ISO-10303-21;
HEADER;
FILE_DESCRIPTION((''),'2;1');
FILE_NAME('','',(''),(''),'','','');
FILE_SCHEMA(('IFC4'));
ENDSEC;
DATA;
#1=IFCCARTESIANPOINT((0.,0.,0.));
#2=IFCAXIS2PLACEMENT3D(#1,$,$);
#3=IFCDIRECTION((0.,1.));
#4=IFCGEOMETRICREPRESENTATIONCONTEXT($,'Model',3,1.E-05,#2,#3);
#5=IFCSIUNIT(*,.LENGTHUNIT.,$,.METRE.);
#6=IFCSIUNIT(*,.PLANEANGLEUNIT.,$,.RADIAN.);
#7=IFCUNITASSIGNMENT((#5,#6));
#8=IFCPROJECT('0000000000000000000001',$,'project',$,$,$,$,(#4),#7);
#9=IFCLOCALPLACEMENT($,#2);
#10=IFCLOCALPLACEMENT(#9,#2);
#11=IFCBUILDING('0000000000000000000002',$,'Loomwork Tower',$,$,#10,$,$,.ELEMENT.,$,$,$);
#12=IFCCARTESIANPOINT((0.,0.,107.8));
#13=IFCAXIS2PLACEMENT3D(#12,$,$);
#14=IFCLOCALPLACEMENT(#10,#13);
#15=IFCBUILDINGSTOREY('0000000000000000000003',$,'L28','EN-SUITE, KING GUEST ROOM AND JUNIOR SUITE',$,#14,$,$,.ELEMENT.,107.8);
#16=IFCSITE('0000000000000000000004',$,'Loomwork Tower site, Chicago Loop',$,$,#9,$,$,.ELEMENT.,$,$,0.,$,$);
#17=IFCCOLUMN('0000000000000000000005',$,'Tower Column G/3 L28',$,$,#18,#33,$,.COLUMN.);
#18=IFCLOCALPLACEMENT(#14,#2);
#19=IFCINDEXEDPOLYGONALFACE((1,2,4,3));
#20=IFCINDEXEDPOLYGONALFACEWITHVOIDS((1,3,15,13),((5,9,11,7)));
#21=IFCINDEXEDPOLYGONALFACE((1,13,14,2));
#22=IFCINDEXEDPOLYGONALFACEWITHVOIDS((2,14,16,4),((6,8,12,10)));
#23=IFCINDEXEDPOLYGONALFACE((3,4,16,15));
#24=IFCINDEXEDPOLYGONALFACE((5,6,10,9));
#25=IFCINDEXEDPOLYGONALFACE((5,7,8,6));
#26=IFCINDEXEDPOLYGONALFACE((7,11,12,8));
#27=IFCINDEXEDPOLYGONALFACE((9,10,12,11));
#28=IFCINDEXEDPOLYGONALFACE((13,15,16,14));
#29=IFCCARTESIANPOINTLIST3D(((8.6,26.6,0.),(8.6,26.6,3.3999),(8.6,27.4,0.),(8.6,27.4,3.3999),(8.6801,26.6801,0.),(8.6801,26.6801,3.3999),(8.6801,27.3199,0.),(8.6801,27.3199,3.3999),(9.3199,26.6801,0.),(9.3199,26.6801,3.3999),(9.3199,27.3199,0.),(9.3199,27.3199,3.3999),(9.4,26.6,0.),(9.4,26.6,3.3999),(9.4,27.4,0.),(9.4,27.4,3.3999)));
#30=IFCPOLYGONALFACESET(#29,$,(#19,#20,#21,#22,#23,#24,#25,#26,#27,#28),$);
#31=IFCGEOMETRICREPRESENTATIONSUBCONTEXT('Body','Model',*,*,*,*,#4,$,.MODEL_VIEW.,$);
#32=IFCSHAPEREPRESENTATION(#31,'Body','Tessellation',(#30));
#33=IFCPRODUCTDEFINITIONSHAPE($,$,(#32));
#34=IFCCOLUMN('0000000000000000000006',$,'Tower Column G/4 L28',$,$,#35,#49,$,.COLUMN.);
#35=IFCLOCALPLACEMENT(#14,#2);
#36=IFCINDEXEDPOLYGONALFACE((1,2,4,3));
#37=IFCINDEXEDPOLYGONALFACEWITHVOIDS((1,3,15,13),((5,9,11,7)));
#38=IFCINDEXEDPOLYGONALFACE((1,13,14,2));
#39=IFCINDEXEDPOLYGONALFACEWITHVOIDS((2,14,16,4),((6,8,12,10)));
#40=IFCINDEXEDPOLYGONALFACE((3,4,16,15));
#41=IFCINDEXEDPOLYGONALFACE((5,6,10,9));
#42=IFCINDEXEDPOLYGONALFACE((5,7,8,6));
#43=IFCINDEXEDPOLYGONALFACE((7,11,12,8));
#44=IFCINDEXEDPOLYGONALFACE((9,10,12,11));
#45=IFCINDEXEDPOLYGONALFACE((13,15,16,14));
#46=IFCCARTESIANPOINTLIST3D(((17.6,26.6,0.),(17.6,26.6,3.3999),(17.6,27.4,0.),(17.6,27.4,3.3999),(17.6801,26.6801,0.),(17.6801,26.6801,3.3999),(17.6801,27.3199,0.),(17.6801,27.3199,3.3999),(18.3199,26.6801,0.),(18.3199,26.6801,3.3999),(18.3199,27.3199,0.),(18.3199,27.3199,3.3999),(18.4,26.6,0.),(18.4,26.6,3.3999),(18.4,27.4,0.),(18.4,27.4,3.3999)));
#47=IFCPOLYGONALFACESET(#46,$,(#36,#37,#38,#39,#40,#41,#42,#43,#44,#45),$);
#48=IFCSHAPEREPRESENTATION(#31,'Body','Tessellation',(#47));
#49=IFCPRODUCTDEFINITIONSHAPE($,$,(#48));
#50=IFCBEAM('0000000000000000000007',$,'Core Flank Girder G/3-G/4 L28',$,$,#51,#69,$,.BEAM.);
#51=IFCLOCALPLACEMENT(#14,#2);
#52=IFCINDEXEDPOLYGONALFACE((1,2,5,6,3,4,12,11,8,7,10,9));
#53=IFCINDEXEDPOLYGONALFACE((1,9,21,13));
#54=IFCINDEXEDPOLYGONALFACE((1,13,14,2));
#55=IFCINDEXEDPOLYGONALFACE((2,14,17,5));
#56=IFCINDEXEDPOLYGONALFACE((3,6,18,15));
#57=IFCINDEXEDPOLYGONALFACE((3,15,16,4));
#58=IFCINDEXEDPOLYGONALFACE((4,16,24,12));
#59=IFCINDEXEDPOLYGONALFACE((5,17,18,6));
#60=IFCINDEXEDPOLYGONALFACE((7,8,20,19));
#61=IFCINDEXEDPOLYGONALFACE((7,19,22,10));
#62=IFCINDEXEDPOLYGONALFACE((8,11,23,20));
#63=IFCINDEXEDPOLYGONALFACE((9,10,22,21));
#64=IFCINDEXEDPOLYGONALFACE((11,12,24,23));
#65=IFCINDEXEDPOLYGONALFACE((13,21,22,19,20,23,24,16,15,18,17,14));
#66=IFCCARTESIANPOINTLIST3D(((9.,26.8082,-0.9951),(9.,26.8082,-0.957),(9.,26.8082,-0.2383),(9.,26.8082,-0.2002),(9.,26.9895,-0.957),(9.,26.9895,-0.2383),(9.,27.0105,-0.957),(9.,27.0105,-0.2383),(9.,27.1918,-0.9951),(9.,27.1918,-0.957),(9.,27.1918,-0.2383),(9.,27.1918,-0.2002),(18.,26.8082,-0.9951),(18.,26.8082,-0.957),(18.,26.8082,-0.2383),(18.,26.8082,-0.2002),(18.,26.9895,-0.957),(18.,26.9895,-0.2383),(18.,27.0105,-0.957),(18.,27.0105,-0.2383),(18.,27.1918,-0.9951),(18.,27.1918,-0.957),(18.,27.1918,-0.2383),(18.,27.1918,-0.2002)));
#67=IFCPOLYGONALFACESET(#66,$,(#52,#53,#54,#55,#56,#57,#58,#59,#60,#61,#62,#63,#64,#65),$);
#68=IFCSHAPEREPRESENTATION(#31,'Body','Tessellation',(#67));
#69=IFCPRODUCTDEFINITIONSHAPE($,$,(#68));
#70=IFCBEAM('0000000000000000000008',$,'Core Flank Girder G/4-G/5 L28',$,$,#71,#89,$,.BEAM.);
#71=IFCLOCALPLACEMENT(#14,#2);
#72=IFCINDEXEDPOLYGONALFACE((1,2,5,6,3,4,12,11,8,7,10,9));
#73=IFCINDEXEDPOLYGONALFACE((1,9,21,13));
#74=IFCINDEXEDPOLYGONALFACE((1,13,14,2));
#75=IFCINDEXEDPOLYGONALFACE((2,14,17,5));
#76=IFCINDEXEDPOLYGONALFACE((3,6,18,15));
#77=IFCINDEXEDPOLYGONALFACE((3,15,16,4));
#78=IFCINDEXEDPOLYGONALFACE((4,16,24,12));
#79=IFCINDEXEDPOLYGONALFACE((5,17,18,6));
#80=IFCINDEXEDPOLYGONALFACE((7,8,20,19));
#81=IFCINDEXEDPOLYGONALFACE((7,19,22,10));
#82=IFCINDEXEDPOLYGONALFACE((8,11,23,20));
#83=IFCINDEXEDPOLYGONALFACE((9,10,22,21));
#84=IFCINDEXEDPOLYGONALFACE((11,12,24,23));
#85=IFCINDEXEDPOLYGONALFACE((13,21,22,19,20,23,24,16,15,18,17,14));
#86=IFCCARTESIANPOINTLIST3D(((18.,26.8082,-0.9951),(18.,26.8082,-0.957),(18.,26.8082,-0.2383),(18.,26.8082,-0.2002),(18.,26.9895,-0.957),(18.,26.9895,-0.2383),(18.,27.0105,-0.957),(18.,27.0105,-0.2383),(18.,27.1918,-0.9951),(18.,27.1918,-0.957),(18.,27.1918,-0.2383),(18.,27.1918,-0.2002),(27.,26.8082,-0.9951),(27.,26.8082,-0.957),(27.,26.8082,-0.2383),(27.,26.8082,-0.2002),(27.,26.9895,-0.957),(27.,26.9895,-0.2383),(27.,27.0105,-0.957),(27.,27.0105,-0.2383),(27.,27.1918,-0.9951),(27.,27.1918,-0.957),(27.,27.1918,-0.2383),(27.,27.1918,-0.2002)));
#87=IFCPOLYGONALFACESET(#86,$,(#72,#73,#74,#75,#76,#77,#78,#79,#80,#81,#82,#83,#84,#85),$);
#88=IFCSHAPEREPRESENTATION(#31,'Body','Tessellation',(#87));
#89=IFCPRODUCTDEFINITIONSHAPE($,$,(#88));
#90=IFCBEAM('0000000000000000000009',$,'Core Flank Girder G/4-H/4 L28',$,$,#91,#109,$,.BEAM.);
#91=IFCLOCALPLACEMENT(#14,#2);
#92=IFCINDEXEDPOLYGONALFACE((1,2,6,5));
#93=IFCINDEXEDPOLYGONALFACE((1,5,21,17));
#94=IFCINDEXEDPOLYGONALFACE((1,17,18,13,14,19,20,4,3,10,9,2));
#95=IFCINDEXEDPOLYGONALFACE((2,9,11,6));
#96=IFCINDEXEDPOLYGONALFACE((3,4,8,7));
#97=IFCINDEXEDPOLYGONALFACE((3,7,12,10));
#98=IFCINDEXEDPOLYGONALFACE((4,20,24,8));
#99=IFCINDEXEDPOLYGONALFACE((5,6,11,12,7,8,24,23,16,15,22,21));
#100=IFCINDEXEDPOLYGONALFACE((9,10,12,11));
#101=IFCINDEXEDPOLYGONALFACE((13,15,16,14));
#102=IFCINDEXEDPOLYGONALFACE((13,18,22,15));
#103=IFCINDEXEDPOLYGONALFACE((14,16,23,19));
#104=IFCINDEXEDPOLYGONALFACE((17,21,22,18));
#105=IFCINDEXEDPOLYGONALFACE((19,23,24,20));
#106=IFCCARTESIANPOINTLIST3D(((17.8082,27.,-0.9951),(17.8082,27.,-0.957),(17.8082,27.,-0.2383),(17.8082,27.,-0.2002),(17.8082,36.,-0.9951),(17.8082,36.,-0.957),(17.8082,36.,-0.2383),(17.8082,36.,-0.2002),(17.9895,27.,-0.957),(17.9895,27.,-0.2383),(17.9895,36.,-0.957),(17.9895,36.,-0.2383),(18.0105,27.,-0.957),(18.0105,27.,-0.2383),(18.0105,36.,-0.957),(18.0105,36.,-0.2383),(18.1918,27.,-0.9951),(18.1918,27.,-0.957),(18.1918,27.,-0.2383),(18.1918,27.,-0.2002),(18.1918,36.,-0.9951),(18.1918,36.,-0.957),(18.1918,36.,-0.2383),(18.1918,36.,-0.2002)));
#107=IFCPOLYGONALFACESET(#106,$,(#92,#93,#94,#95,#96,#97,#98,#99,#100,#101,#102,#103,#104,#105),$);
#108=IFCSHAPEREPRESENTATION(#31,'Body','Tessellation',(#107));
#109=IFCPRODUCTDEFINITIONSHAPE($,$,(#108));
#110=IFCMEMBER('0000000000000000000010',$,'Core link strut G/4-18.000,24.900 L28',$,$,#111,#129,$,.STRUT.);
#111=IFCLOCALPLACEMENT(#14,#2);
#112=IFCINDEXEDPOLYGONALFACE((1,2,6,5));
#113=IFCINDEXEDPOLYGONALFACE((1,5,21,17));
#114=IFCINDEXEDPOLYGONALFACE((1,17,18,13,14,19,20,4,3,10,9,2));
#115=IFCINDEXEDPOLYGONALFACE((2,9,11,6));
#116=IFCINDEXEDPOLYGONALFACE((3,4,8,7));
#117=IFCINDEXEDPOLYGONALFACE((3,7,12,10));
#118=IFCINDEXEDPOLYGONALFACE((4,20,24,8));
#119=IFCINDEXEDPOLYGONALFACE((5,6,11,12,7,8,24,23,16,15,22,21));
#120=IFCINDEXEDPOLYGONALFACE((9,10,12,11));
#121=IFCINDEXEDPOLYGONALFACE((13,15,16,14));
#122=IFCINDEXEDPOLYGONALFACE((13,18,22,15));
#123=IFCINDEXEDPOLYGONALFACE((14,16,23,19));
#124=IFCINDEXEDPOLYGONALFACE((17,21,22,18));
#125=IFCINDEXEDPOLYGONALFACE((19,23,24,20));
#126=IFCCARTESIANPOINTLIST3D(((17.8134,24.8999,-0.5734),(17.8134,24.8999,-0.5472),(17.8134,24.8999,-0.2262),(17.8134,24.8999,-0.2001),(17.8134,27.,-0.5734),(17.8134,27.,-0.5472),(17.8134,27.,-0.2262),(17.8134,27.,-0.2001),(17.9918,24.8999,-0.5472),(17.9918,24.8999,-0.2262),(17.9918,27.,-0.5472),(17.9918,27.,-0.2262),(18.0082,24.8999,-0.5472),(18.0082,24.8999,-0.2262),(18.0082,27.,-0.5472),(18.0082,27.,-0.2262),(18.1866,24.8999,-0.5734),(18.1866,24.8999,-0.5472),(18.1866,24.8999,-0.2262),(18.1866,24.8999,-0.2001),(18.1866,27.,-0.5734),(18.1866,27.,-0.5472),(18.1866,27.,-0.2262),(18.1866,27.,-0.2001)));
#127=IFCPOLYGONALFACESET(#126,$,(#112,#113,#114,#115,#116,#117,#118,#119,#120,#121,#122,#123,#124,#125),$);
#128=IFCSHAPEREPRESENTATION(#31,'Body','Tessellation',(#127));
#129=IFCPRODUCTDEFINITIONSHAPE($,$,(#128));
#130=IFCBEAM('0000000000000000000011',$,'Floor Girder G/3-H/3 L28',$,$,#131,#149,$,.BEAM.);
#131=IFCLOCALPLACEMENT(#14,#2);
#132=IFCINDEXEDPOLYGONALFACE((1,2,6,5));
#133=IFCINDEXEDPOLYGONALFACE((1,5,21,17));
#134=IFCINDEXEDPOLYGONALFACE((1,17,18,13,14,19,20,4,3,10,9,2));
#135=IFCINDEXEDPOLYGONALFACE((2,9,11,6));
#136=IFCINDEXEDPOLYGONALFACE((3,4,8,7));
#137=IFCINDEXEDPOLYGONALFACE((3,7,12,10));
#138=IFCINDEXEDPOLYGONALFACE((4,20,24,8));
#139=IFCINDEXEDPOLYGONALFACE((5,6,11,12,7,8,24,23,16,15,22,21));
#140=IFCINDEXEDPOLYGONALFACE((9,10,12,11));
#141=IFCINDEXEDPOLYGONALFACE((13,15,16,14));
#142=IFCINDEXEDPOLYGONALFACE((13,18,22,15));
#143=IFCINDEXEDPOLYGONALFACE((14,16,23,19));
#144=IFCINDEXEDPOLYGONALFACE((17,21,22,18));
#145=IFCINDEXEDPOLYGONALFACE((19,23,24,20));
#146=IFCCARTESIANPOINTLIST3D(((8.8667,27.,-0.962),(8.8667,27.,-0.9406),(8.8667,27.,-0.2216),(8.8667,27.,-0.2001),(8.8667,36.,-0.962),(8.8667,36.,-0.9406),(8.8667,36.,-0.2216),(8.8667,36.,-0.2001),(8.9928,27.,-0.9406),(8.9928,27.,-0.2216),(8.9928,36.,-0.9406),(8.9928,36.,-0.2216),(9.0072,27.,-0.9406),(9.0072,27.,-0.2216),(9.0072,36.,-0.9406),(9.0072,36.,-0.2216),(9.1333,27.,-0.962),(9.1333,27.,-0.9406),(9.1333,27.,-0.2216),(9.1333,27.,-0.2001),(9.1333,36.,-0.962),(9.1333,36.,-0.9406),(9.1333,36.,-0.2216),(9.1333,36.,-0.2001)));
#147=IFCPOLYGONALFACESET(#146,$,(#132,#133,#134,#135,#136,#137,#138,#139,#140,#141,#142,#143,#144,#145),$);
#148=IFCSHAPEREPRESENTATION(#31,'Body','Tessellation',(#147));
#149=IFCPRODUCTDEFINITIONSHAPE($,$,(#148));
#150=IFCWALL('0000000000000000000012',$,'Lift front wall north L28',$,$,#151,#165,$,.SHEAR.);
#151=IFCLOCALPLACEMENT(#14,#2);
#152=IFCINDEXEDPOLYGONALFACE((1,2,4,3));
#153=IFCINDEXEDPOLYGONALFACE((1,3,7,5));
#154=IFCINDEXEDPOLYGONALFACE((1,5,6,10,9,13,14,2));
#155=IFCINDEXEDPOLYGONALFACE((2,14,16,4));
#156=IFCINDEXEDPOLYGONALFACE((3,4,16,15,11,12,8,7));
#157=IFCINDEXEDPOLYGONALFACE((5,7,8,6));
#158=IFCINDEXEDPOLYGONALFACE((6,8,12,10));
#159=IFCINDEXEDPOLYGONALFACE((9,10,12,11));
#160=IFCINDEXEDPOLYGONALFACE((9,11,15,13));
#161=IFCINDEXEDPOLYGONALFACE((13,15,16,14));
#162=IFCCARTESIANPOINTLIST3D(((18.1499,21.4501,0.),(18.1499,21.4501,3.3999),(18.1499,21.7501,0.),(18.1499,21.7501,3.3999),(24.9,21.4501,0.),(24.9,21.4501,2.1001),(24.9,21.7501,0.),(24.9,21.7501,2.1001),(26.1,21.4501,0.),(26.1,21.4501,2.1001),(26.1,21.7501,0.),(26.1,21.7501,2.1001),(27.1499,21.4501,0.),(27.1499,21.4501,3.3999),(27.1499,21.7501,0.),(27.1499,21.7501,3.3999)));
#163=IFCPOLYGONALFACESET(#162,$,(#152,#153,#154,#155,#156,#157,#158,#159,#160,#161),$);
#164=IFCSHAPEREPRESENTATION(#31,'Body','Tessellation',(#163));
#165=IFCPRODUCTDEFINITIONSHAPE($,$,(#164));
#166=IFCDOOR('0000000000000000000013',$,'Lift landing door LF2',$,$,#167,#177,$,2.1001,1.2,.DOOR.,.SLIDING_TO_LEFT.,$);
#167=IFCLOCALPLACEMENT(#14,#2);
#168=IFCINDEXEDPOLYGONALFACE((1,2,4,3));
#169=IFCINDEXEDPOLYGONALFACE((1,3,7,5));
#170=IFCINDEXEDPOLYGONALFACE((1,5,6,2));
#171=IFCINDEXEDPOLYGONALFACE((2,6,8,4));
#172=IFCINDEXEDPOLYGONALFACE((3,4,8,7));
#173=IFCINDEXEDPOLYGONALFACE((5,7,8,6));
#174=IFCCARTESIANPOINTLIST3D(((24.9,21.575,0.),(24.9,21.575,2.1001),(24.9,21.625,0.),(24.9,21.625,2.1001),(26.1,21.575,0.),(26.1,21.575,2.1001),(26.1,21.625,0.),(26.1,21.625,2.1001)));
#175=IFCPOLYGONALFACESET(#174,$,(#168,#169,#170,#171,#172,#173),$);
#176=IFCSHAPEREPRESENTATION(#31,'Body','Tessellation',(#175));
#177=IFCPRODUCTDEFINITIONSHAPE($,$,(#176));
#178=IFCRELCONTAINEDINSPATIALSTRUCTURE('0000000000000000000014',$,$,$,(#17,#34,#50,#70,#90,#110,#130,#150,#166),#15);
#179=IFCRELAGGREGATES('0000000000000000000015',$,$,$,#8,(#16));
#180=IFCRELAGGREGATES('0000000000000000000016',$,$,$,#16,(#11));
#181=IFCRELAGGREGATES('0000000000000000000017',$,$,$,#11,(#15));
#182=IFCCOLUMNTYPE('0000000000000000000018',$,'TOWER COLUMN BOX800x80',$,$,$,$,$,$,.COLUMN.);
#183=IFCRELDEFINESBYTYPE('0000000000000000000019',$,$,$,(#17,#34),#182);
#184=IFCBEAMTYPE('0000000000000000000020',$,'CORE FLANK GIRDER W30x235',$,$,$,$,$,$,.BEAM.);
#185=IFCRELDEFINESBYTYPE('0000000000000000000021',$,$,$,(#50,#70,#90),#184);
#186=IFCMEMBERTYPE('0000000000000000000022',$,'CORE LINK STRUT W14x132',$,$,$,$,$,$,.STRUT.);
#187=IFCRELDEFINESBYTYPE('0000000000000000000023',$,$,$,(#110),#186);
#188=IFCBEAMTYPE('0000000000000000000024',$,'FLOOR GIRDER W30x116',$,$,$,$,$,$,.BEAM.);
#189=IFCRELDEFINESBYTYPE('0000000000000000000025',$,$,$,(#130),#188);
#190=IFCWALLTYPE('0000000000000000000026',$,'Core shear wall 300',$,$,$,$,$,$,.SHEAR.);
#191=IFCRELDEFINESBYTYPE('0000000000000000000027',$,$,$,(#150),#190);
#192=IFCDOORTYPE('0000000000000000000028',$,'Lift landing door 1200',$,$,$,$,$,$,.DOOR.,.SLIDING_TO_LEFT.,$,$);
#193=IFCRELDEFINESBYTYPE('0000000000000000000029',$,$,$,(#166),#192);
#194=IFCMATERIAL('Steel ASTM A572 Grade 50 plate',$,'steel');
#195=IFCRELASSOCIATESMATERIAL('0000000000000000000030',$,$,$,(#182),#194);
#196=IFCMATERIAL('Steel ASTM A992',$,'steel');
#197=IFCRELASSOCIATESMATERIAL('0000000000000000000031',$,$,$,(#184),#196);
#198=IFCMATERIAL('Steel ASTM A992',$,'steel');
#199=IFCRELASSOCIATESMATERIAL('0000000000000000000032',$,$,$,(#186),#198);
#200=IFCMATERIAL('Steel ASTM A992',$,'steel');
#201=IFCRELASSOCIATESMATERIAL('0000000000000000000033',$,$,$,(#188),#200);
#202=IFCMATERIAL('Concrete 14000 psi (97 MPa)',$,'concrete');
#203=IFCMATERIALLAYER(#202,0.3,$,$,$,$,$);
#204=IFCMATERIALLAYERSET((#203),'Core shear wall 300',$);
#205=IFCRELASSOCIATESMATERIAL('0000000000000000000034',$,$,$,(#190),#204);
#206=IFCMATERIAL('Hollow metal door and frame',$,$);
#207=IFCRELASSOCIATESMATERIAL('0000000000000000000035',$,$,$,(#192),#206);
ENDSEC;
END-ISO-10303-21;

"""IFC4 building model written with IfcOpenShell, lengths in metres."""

from ifc_helpers import new_model, si_unit, direction, frame, frame_2d, origin, origin_2d, place, context, subcontext, project, spatial, rectangle, hollow_rectangle, i_section, extrude, material, layer, layer_set, material_profile, profile_set, type_object, element, fill, save


model = new_model("IFC4")

# Units and contexts
model_context = context("Model", 3, precision=1e-05, world=origin(), true_north=direction((0.0, 1.0)))
body_context = subcontext(model_context, "Body", "Model", "MODEL_VIEW")
ifc_project = project(units=[si_unit("LENGTHUNIT", "METRE"), si_unit("PLANEANGLEUNIT", "RADIAN")], contexts=[model_context])

# Site, building, storey
site_placement = place(None, origin())
site = spatial("IfcSite", under=ifc_project, at=site_placement, Name="Loomwork Tower site, Chicago Loop", CompositionType="ELEMENT", RefElevation=0.0)
building_placement = place(site_placement, origin())
building = spatial("IfcBuilding", under=site, at=building_placement, Name="Loomwork Tower", CompositionType="ELEMENT")
storey_placement = place(building_placement, frame((0.0, 0.0, 107.8)))
storey = spatial("IfcBuildingStorey", under=building, at=storey_placement, Name="L28", Description="EN-SUITE, KING GUEST ROOM AND JUNIOR SUITE", CompositionType="ELEMENT", Elevation=107.8)

# Columns
ifc_material_1 = material(Name="Steel ASTM A572 Grade 50 plate", Category="steel")
ifc_material_profile_1 = material_profile(ifc_material_1, hollow_rectangle(XDim=0.8, YDim=0.8, WallThickness=0.0801, at=origin_2d()), Name="BOX800x80")
ifc_profile_set_1 = profile_set([ifc_material_profile_1], Name="Steel ASTM A572 Grade 50 plate")
column_type = type_object("IfcColumnType", Name="TOWER COLUMN BOX800x80", PredefinedType="COLUMN", material=ifc_profile_set_1)
for number, where, z_axis, x_axis, name in (
    (1, (9.0, 27.0, 0.0), (0.0, 0.0, 1.0), (1.0, 0.0, 0.0), "Tower Column G/3 L28"),
    (2, (18.0, 27.0, 0.0), (0.0, 0.0, 1.0), (1.0, 0.0, 0.0), "Tower Column G/4 L28"),
):
    element("IfcColumn", number, at=place(storey_placement, frame(where, z_axis=z_axis, x_axis=x_axis)), inside=storey, type_object=column_type, Name=name, PredefinedType="COLUMN", context=body_context, shape_type="SweptSolid", body=[
        extrude(hollow_rectangle(XDim=0.8, YDim=0.8, WallThickness=0.0801, at=origin_2d()), origin(), (0.0, 0.0, 1.0), 3.3999),
    ])

# Beams
ifc_material_2 = material(Name="Steel ASTM A992", Category="steel")
ifc_material_profile_2 = material_profile(ifc_material_2, i_section(OverallWidth=0.3835, OverallDepth=0.7949, WebThickness=0.021, FlangeThickness=0.0381, at=origin_2d()), Name="W30x235")
ifc_profile_set_2 = profile_set([ifc_material_profile_2], Name="Steel ASTM A992")
beam_type_1 = type_object("IfcBeamType", Name="CORE FLANK GIRDER W30x235", PredefinedType="BEAM", material=ifc_profile_set_2)
for number, where, z_axis, x_axis, name in (
    (3, (9.0, 27.0, -0.5977), (1.0, 0.0, 0.0), (0.0, 1.0, 0.0), "Core Flank Girder G/3-G/4 L28"),
    (4, (18.0, 27.0, -0.5977), (1.0, 0.0, 0.0), (0.0, 1.0, 0.0), "Core Flank Girder G/4-G/5 L28"),
    (5, (18.0, 27.0, -0.5977), (0.0, 1.0, 0.0), (-1.0, 0.0, 0.0), "Core Flank Girder G/4-H/4 L28"),
):
    element("IfcBeam", number, at=place(storey_placement, frame(where, z_axis=z_axis, x_axis=x_axis)), inside=storey, type_object=beam_type_1, Name=name, PredefinedType="BEAM", context=body_context, shape_type="SweptSolid", body=[
        extrude(i_section(OverallWidth=0.3835, OverallDepth=0.7949, WebThickness=0.021, FlangeThickness=0.0381, at=origin_2d()), origin(), (0.0, 0.0, 1.0), 9.0),
    ])

# Member
ifc_material_3 = material(Name="Steel ASTM A992", Category="steel")
ifc_material_profile_3 = material_profile(ifc_material_3, i_section(OverallWidth=0.3733, OverallDepth=0.3733, WebThickness=0.0164, FlangeThickness=0.0261, at=origin_2d()), Name="W14x132")
ifc_profile_set_3 = profile_set([ifc_material_profile_3], Name="Steel ASTM A992")
member_type = type_object("IfcMemberType", Name="CORE LINK STRUT W14x132", PredefinedType="STRUT", material=ifc_profile_set_3)
member_placement = place(storey_placement, frame((18.0, 27.0, -0.3867), z_axis=(0.0, -1.0, 0.0), x_axis=(1.0, 0.0, 0.0)))
element("IfcMember", 6, at=member_placement, inside=storey, type_object=member_type, Name="Core link strut G/4-18.000,24.900 L28", PredefinedType="STRUT", context=body_context, shape_type="SweptSolid", body=[
    extrude(i_section(OverallWidth=0.3733, OverallDepth=0.3733, WebThickness=0.0164, FlangeThickness=0.0261, at=origin_2d()), origin(), (0.0, 0.0, 1.0), 2.1001),
])

# Beam
ifc_material_4 = material(Name="Steel ASTM A992", Category="steel")
ifc_material_profile_4 = material_profile(ifc_material_4, i_section(OverallWidth=0.2666, OverallDepth=0.762, WebThickness=0.0144, FlangeThickness=0.0215, at=origin_2d()), Name="W30x116")
ifc_profile_set_4 = profile_set([ifc_material_profile_4], Name="Steel ASTM A992")
beam_type_2 = type_object("IfcBeamType", Name="FLOOR GIRDER W30x116", PredefinedType="BEAM", material=ifc_profile_set_4)
beam_placement = place(storey_placement, frame((9.0, 27.0, -0.5811), z_axis=(0.0, 1.0, 0.0), x_axis=(-1.0, 0.0, 0.0)))
element("IfcBeam", 7, at=beam_placement, inside=storey, type_object=beam_type_2, Name="Floor Girder G/3-H/3 L28", PredefinedType="BEAM", context=body_context, shape_type="SweptSolid", body=[
    extrude(i_section(OverallWidth=0.2666, OverallDepth=0.762, WebThickness=0.0144, FlangeThickness=0.0215, at=origin_2d()), origin(), (0.0, 0.0, 1.0), 9.0),
])

# Wall, opening, door
ifc_material_5 = material(Name="Concrete 14000 psi (97 MPa)", Category="concrete")
ifc_layer_1 = layer(ifc_material_5, 0.3)
ifc_layer_set_1 = layer_set([ifc_layer_1], Name="Core shear wall 300")
wall_type_1 = type_object("IfcWallType", Name="Core shear wall 300", PredefinedType="SHEAR", material=ifc_layer_set_1)
wall_1_placement = place(storey_placement, frame((18.1499, 21.6001, 0.0), z_axis=(0.0, 0.0, 1.0), x_axis=(1.0, 0.0, 0.0)))
wall_1 = element("IfcWall", 8, at=wall_1_placement, inside=storey, type_object=wall_type_1, Name="Lift front wall north L28", PredefinedType="SHEAR", context=body_context, shape_type="SweptSolid", body=[
    extrude(rectangle(XDim=9.0, YDim=0.3, at=frame_2d((4.5, 0.0))), origin(), (0.0, 0.0, 1.0), 3.3999),
])
opening_1_placement = place(wall_1_placement, frame((6.75, 0.0, 0.0)))
opening_1 = element("IfcOpeningElement", 9, at=opening_1_placement, cuts=wall_1, PredefinedType="OPENING", context=body_context, shape_type="SweptSolid", body=[
    extrude(rectangle(XDim=1.2, YDim=2.1001, at=frame_2d((0.6001, 1.05))), frame((0.0, 0.1599, 0.0), z_axis=(0.0, -1.0, 0.0), x_axis=(1.0, 0.0, 0.0)), (0.0, 0.0, 1.0), 0.3201),
])
ifc_material_6 = material(Name="Hollow metal door and frame")
door_type_1 = type_object("IfcDoorType", Name="Lift landing door 1200", OperationType="SLIDING_TO_LEFT", PredefinedType="DOOR", material=ifc_material_6)
door_1_placement = place(opening_1_placement, origin())
door_1 = element("IfcDoor", 10, at=door_1_placement, inside=storey, type_object=door_type_1, Name="Lift landing door LF2", OperationType="SLIDING_TO_LEFT", OverallHeight=2.1001, OverallWidth=1.2, PredefinedType="DOOR", context=body_context, shape_type="SweptSolid", body=[
    extrude(rectangle(XDim=1.2, YDim=2.1001, at=frame_2d((0.6001, 1.05))), frame((0.0, 0.0249, 0.0), z_axis=(0.0, -1.0, 0.0), x_axis=(1.0, 0.0, 0.0)), (0.0, 0.0, 1.0), 0.05),
])
fill(opening_1, door_1)

save(model, "model.ifc")
